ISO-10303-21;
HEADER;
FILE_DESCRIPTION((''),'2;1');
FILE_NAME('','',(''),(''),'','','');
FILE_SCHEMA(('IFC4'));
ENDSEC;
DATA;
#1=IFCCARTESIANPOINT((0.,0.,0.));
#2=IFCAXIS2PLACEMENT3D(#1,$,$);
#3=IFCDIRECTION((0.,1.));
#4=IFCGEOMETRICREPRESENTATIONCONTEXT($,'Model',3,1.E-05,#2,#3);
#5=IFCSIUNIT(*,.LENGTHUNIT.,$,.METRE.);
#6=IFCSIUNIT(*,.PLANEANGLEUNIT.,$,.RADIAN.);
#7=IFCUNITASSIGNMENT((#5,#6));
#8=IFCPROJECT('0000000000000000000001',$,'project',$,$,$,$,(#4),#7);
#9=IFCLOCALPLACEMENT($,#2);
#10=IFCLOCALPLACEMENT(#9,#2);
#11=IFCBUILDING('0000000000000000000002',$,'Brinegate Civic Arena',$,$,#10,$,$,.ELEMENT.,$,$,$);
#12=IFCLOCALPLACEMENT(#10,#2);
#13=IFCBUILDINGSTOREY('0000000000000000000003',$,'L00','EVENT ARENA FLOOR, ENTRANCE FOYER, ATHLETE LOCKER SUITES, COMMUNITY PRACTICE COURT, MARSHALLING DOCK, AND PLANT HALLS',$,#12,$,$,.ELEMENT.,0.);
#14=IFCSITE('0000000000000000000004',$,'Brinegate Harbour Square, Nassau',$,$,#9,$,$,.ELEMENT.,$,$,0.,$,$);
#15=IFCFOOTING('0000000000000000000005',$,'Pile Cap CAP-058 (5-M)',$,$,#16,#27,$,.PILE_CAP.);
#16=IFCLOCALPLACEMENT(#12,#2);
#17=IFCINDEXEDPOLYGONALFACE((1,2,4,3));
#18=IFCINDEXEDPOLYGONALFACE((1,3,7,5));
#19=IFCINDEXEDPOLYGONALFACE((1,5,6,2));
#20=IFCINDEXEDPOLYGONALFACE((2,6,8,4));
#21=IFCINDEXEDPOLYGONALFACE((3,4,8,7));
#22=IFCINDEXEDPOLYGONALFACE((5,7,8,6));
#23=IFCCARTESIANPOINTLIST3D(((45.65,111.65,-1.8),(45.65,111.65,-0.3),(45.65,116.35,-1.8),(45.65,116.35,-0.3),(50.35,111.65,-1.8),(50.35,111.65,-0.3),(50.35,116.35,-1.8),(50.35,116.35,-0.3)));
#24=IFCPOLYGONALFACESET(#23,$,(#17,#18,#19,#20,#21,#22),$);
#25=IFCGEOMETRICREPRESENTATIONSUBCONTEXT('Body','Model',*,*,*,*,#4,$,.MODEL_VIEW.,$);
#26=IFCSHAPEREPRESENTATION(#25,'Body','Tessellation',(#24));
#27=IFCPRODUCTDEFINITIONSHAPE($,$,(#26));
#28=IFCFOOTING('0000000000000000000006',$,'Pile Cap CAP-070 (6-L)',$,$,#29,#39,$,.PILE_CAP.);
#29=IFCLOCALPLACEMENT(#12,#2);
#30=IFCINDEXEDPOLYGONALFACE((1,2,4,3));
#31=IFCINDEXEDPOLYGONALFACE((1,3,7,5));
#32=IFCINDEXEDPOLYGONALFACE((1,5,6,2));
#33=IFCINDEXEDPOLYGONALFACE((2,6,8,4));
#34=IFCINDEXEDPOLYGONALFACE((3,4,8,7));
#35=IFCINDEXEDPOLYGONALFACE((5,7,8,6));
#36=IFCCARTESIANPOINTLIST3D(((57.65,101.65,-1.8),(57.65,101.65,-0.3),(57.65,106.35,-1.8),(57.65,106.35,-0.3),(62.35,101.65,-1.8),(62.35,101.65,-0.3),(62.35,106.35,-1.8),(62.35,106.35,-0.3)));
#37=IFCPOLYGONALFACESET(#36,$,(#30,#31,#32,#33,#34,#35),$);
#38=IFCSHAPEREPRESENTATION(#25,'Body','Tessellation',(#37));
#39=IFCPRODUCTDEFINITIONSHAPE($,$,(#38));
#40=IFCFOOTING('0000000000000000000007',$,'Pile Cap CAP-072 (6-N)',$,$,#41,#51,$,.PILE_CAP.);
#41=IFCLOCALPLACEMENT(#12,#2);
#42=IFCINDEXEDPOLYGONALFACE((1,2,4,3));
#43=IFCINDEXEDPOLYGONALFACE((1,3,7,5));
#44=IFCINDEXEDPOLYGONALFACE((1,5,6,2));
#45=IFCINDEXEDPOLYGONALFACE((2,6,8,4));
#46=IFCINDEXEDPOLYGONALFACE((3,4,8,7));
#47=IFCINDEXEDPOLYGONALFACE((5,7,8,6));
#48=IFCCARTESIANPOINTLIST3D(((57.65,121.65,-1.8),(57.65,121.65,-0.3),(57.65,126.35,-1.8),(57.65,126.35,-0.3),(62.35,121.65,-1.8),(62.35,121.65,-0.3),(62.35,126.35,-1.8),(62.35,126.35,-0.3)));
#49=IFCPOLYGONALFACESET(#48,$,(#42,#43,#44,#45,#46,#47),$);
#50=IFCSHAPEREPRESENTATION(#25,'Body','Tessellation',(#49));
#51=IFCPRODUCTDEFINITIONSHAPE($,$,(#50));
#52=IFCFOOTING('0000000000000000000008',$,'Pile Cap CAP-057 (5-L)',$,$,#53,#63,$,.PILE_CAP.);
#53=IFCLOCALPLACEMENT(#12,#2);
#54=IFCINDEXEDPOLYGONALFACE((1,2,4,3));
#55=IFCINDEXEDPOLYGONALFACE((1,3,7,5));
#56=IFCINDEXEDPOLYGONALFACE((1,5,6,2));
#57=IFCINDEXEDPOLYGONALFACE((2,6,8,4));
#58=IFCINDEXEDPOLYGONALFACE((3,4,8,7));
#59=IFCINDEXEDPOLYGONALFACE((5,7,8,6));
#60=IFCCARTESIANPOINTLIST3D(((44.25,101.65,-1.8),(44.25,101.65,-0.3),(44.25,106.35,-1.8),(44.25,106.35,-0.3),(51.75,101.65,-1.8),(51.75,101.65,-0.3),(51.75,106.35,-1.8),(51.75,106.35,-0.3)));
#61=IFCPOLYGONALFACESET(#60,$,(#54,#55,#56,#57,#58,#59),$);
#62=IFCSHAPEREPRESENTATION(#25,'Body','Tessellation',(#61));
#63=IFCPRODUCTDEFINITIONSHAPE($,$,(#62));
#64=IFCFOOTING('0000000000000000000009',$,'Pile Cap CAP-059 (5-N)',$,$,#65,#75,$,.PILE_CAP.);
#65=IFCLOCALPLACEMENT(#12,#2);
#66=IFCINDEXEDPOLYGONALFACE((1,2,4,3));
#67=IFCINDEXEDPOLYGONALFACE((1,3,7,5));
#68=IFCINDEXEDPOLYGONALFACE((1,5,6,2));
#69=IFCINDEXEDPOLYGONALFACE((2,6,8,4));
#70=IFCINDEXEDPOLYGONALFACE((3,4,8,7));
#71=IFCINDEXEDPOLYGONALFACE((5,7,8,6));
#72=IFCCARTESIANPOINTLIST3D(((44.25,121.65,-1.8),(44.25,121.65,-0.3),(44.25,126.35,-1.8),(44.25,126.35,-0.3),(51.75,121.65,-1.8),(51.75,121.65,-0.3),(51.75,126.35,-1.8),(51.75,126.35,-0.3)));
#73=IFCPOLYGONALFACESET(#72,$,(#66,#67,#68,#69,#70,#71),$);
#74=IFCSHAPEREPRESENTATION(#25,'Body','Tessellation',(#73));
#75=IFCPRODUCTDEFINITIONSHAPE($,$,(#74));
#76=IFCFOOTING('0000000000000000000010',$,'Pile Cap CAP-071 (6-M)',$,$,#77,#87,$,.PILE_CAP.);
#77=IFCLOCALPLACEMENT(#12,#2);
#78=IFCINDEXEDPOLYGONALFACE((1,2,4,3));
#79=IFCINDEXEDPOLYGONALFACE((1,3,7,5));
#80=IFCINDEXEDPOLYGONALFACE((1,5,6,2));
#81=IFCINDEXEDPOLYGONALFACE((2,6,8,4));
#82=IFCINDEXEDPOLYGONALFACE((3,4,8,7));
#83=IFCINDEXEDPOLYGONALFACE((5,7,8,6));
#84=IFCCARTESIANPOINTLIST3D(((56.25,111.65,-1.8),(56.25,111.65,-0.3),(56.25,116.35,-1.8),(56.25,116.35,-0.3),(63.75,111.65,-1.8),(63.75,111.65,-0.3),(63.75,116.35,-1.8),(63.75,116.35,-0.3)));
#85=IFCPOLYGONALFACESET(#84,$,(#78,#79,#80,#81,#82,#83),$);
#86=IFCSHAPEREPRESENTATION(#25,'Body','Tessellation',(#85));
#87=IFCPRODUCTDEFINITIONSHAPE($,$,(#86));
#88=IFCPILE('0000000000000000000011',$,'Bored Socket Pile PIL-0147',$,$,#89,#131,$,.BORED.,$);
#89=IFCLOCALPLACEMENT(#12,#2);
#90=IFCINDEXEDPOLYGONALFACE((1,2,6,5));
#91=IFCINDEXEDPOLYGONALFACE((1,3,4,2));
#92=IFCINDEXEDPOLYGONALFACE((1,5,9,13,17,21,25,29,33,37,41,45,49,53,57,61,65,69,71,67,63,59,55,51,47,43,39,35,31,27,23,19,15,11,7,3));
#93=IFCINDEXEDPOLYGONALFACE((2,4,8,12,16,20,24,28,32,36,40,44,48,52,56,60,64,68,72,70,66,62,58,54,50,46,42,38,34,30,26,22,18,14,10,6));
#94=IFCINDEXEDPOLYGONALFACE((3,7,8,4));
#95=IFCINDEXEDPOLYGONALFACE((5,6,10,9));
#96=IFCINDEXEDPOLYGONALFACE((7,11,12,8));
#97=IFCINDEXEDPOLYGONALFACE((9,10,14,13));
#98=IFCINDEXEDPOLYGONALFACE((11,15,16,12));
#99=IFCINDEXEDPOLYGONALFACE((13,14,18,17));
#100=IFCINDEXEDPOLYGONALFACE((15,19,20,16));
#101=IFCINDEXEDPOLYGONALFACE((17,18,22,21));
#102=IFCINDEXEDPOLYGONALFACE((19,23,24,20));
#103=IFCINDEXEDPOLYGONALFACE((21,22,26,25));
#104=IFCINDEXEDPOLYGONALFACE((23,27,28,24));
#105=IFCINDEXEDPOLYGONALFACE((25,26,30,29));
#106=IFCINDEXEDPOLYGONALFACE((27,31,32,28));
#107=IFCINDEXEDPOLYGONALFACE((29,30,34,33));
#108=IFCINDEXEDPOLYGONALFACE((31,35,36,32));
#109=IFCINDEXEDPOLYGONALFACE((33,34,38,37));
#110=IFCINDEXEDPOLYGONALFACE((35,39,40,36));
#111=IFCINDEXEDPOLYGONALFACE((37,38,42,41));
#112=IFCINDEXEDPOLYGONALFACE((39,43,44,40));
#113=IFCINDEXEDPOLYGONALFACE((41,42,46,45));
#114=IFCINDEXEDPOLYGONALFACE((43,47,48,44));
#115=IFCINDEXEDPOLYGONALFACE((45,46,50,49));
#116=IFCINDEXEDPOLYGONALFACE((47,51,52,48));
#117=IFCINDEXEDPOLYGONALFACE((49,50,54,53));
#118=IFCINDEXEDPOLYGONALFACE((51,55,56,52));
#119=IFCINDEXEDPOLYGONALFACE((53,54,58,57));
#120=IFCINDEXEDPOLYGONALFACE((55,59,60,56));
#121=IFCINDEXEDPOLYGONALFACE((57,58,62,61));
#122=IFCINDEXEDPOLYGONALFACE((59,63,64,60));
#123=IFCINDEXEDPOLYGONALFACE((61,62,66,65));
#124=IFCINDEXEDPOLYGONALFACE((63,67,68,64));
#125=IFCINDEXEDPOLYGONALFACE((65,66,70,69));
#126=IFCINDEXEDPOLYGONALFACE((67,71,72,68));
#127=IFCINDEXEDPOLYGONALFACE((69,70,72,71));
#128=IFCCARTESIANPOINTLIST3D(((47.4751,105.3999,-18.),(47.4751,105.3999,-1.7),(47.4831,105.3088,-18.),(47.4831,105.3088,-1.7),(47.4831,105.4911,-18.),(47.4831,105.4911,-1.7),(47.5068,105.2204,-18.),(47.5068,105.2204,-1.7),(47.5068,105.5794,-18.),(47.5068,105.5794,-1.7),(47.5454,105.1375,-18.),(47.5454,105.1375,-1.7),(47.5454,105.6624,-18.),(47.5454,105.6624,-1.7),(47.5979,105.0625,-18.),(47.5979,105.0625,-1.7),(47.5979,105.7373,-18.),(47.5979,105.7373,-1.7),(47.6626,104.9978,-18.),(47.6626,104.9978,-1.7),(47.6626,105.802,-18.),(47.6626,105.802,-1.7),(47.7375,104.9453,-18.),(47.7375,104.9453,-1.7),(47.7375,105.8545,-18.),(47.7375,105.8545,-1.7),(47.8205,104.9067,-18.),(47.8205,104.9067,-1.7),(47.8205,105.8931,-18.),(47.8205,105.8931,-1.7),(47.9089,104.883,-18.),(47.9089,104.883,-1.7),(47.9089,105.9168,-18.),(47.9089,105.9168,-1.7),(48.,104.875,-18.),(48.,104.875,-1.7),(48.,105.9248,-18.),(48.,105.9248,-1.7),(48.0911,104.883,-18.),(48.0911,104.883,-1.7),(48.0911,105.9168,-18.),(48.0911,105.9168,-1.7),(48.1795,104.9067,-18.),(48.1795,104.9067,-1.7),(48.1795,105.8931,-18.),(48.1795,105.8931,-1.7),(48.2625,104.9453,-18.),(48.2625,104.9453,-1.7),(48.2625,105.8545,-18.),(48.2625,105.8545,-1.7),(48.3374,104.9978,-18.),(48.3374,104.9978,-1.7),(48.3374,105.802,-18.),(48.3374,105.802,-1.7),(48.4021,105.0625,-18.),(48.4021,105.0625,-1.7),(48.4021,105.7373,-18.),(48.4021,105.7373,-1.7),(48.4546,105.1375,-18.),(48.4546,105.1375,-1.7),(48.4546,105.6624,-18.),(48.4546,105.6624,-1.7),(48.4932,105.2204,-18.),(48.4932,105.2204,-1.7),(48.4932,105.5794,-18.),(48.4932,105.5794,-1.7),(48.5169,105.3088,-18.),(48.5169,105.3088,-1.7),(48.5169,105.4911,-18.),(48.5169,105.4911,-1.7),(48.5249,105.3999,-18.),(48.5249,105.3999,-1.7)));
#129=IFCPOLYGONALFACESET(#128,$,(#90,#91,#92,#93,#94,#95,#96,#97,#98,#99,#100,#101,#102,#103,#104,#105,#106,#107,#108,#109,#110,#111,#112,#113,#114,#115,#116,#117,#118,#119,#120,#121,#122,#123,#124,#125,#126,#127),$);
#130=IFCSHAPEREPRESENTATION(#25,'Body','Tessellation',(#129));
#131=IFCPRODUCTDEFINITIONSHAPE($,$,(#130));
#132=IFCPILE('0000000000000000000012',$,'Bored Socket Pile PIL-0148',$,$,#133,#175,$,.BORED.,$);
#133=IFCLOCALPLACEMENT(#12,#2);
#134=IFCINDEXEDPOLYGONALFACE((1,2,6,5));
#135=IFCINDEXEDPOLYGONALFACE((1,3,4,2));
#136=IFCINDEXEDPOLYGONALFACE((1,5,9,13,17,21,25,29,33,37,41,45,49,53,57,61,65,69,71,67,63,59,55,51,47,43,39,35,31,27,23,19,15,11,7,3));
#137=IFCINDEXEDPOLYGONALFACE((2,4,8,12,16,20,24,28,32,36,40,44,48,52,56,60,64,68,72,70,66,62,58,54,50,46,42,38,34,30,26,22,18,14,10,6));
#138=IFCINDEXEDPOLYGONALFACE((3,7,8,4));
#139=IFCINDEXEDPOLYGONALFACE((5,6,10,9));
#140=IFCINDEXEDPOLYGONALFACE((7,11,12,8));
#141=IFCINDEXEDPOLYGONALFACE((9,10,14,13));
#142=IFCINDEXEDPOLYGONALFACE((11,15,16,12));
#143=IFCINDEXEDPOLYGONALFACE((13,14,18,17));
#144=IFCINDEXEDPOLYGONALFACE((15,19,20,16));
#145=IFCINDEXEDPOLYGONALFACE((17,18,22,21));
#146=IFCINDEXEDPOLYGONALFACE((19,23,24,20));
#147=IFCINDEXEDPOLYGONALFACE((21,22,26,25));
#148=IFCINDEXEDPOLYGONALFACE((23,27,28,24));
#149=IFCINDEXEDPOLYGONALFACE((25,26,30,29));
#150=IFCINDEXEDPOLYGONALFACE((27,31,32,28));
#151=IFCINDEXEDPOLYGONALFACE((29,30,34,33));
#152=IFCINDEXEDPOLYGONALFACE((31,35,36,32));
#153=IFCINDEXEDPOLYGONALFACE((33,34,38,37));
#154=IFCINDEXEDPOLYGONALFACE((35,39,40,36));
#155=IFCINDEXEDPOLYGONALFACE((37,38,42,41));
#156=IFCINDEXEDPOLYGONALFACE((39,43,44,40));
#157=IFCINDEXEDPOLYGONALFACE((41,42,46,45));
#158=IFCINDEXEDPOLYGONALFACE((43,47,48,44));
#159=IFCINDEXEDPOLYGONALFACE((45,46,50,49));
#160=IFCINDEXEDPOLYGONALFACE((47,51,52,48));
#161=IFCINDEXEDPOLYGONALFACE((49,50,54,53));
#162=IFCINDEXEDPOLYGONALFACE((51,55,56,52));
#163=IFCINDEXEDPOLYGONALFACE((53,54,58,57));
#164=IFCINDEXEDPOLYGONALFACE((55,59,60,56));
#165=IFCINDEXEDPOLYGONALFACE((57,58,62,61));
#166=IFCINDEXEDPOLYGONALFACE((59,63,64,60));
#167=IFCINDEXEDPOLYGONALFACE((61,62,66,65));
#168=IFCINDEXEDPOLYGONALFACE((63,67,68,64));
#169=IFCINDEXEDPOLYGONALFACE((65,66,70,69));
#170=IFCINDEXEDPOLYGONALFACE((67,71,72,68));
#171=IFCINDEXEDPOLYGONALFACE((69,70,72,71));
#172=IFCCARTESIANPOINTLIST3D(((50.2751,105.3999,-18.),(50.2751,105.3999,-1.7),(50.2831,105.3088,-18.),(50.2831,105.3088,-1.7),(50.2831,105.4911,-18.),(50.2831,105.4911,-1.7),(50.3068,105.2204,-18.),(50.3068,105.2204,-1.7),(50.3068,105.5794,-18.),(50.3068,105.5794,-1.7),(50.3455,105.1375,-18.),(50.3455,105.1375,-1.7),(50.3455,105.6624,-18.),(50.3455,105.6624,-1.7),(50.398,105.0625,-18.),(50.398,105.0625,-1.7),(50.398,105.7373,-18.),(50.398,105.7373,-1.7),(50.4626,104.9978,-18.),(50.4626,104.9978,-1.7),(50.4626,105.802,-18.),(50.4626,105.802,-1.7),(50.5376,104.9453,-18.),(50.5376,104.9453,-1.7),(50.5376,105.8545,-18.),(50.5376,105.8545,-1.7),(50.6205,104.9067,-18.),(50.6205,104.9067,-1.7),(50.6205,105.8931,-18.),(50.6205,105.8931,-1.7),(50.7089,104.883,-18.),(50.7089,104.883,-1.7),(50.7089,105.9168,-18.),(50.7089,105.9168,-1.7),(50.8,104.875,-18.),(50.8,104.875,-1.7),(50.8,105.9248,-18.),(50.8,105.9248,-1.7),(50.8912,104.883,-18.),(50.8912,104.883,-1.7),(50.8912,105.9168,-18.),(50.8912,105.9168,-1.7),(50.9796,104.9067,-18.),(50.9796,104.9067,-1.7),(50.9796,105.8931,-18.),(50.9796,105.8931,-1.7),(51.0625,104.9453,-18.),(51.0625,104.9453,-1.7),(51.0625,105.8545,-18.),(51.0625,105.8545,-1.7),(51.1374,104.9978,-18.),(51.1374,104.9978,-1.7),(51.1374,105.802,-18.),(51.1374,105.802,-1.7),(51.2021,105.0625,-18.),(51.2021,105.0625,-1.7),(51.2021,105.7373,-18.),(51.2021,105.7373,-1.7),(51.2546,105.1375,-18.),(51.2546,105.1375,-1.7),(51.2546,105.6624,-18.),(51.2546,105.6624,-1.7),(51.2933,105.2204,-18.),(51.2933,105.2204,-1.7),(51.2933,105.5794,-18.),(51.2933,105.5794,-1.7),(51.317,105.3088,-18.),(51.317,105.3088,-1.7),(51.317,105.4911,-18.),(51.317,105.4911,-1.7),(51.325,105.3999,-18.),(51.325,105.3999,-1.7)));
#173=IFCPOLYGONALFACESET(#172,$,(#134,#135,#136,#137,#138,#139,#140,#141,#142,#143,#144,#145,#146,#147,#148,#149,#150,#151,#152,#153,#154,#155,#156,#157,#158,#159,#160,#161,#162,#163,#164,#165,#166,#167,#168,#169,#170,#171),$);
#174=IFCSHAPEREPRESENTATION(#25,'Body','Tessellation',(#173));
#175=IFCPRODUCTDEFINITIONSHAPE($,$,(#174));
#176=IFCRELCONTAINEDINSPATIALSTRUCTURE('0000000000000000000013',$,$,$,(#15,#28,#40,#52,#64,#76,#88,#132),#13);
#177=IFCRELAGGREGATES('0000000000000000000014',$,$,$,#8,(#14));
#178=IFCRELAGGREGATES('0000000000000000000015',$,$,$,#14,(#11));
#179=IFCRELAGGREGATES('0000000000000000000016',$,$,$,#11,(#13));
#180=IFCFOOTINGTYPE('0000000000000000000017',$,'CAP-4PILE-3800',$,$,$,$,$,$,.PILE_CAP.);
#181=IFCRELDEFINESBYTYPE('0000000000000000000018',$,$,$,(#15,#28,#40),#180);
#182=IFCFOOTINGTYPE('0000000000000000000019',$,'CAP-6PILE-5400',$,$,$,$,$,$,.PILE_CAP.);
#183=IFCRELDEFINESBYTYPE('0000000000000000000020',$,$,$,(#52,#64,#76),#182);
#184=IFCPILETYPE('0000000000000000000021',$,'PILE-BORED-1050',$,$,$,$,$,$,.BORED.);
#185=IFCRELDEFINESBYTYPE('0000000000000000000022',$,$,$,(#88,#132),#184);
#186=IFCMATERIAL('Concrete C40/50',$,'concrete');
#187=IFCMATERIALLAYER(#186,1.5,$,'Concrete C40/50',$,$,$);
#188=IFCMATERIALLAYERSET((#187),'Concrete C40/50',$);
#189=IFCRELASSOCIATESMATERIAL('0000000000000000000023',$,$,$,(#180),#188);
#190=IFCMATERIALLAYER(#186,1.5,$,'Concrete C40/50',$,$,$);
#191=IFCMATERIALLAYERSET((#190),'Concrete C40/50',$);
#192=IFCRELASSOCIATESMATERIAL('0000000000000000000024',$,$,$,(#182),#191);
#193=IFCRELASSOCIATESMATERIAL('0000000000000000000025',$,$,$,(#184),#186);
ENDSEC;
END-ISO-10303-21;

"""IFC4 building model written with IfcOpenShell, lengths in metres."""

from ifc_helpers import new_model, si_unit, direction, frame, origin, origin_2d, place, context, subcontext, project, spatial, rectangle, circle, extrude, material, layer, layer_set, material_profile, profile_set, type_object, element, save


model = new_model("IFC4")

# Units and contexts
model_context = context("Model", 3, precision=1e-05, world=origin(), true_north=direction((0.0, 1.0)))
body_context = subcontext(model_context, "Body", "Model", "MODEL_VIEW")
ifc_project = project(units=[si_unit("LENGTHUNIT", "METRE"), si_unit("PLANEANGLEUNIT", "RADIAN")], contexts=[model_context])

# Site, building, storey
site_placement = place(None, origin())
site = spatial("IfcSite", under=ifc_project, at=site_placement, Name="Brinegate Harbour Square, Nassau", CompositionType="ELEMENT", RefElevation=0.0)
building_placement = place(site_placement, origin())
building = spatial("IfcBuilding", under=site, at=building_placement, Name="Brinegate Civic Arena", CompositionType="ELEMENT")
storey_placement = place(building_placement, origin())
storey = spatial("IfcBuildingStorey", under=building, at=storey_placement, Name="L00", Description="EVENT ARENA FLOOR, ENTRANCE FOYER, ATHLETE LOCKER SUITES, COMMUNITY PRACTICE COURT, MARSHALLING DOCK, AND PLANT HALLS", CompositionType="ELEMENT", Elevation=0.0)

# Footings
ifc_material_1 = material(Name="Concrete C40/50", Category="concrete")
ifc_layer_1 = layer(ifc_material_1, 1.5, Name="Concrete C40/50")
ifc_layer_set_1 = layer_set([ifc_layer_1], Name="Concrete C40/50")
footing_type_1 = type_object("IfcFootingType", Name="CAP-4PILE-3800", PredefinedType="PILE_CAP", material=ifc_layer_set_1)
for number, where, z_axis, x_axis, name in (
    (1, (48.0, 114.0, -1.8), (0.0, 0.0, 1.0), (1.0, 0.0, 0.0), "Pile Cap CAP-058 (5-M)"),
    (2, (60.0, 104.0, -1.8), (0.0, 0.0, 1.0), (1.0, 0.0, 0.0), "Pile Cap CAP-070 (6-L)"),
    (3, (60.0, 124.0, -1.8), (0.0, 0.0, 1.0), (1.0, 0.0, 0.0), "Pile Cap CAP-072 (6-N)"),
):
    element("IfcFooting", number, at=place(storey_placement, frame(where, z_axis=z_axis, x_axis=x_axis)), inside=storey, type_object=footing_type_1, Name=name, PredefinedType="PILE_CAP", context=body_context, shape_type="SweptSolid", body=[
        extrude(rectangle(XDim=4.7, YDim=4.7, at=origin_2d()), origin(), (0.0, 0.0, 1.0), 1.5),
    ])
ifc_layer_2 = layer(ifc_material_1, 1.5, Name="Concrete C40/50")
ifc_layer_set_2 = layer_set([ifc_layer_2], Name="Concrete C40/50")
footing_type_2 = type_object("IfcFootingType", Name="CAP-6PILE-5400", PredefinedType="PILE_CAP", material=ifc_layer_set_2)
for number, where, z_axis, x_axis, name in (
    (4, (48.0, 104.0, -1.8), (0.0, 0.0, 1.0), (1.0, 0.0, 0.0), "Pile Cap CAP-057 (5-L)"),
    (5, (48.0, 124.0, -1.8), (0.0, 0.0, 1.0), (1.0, 0.0, 0.0), "Pile Cap CAP-059 (5-N)"),
    (6, (60.0, 114.0, -1.8), (0.0, 0.0, 1.0), (1.0, 0.0, 0.0), "Pile Cap CAP-071 (6-M)"),
):
    element("IfcFooting", number, at=place(storey_placement, frame(where, z_axis=z_axis, x_axis=x_axis)), inside=storey, type_object=footing_type_2, Name=name, PredefinedType="PILE_CAP", context=body_context, shape_type="SweptSolid", body=[
        extrude(rectangle(XDim=7.5, YDim=4.7, at=origin_2d()), origin(), (0.0, 0.0, 1.0), 1.5),
    ])

# Piles
ifc_material_profile_1 = material_profile(ifc_material_1, circle(Radius=0.5249, at=origin_2d()), Name="PILED1050")
ifc_profile_set_1 = profile_set([ifc_material_profile_1], Name="Concrete C40/50")
pile_type_1 = type_object("IfcPileType", Name="PILE-BORED-1050", PredefinedType="BORED", material=ifc_profile_set_1)
for number, where, z_axis, x_axis, name in (
    (7, (48.0, 105.3999, -1.7), (0.0, 0.0, -1.0), (1.0, 0.0, 0.0), "Bored Socket Pile PIL-0147"),
    (8, (50.8, 105.3999, -1.7), (0.0, 0.0, -1.0), (1.0, 0.0, 0.0), "Bored Socket Pile PIL-0148"),
):
    element("IfcPile", number, at=place(storey_placement, frame(where, z_axis=z_axis, x_axis=x_axis)), inside=storey, type_object=pile_type_1, Name=name, PredefinedType="BORED", context=body_context, shape_type="SweptSolid", body=[
        extrude(circle(Radius=0.5249, at=origin_2d()), origin(), (0.0, 0.0, 1.0), 16.3),
    ])

save(model, "model.ifc")
